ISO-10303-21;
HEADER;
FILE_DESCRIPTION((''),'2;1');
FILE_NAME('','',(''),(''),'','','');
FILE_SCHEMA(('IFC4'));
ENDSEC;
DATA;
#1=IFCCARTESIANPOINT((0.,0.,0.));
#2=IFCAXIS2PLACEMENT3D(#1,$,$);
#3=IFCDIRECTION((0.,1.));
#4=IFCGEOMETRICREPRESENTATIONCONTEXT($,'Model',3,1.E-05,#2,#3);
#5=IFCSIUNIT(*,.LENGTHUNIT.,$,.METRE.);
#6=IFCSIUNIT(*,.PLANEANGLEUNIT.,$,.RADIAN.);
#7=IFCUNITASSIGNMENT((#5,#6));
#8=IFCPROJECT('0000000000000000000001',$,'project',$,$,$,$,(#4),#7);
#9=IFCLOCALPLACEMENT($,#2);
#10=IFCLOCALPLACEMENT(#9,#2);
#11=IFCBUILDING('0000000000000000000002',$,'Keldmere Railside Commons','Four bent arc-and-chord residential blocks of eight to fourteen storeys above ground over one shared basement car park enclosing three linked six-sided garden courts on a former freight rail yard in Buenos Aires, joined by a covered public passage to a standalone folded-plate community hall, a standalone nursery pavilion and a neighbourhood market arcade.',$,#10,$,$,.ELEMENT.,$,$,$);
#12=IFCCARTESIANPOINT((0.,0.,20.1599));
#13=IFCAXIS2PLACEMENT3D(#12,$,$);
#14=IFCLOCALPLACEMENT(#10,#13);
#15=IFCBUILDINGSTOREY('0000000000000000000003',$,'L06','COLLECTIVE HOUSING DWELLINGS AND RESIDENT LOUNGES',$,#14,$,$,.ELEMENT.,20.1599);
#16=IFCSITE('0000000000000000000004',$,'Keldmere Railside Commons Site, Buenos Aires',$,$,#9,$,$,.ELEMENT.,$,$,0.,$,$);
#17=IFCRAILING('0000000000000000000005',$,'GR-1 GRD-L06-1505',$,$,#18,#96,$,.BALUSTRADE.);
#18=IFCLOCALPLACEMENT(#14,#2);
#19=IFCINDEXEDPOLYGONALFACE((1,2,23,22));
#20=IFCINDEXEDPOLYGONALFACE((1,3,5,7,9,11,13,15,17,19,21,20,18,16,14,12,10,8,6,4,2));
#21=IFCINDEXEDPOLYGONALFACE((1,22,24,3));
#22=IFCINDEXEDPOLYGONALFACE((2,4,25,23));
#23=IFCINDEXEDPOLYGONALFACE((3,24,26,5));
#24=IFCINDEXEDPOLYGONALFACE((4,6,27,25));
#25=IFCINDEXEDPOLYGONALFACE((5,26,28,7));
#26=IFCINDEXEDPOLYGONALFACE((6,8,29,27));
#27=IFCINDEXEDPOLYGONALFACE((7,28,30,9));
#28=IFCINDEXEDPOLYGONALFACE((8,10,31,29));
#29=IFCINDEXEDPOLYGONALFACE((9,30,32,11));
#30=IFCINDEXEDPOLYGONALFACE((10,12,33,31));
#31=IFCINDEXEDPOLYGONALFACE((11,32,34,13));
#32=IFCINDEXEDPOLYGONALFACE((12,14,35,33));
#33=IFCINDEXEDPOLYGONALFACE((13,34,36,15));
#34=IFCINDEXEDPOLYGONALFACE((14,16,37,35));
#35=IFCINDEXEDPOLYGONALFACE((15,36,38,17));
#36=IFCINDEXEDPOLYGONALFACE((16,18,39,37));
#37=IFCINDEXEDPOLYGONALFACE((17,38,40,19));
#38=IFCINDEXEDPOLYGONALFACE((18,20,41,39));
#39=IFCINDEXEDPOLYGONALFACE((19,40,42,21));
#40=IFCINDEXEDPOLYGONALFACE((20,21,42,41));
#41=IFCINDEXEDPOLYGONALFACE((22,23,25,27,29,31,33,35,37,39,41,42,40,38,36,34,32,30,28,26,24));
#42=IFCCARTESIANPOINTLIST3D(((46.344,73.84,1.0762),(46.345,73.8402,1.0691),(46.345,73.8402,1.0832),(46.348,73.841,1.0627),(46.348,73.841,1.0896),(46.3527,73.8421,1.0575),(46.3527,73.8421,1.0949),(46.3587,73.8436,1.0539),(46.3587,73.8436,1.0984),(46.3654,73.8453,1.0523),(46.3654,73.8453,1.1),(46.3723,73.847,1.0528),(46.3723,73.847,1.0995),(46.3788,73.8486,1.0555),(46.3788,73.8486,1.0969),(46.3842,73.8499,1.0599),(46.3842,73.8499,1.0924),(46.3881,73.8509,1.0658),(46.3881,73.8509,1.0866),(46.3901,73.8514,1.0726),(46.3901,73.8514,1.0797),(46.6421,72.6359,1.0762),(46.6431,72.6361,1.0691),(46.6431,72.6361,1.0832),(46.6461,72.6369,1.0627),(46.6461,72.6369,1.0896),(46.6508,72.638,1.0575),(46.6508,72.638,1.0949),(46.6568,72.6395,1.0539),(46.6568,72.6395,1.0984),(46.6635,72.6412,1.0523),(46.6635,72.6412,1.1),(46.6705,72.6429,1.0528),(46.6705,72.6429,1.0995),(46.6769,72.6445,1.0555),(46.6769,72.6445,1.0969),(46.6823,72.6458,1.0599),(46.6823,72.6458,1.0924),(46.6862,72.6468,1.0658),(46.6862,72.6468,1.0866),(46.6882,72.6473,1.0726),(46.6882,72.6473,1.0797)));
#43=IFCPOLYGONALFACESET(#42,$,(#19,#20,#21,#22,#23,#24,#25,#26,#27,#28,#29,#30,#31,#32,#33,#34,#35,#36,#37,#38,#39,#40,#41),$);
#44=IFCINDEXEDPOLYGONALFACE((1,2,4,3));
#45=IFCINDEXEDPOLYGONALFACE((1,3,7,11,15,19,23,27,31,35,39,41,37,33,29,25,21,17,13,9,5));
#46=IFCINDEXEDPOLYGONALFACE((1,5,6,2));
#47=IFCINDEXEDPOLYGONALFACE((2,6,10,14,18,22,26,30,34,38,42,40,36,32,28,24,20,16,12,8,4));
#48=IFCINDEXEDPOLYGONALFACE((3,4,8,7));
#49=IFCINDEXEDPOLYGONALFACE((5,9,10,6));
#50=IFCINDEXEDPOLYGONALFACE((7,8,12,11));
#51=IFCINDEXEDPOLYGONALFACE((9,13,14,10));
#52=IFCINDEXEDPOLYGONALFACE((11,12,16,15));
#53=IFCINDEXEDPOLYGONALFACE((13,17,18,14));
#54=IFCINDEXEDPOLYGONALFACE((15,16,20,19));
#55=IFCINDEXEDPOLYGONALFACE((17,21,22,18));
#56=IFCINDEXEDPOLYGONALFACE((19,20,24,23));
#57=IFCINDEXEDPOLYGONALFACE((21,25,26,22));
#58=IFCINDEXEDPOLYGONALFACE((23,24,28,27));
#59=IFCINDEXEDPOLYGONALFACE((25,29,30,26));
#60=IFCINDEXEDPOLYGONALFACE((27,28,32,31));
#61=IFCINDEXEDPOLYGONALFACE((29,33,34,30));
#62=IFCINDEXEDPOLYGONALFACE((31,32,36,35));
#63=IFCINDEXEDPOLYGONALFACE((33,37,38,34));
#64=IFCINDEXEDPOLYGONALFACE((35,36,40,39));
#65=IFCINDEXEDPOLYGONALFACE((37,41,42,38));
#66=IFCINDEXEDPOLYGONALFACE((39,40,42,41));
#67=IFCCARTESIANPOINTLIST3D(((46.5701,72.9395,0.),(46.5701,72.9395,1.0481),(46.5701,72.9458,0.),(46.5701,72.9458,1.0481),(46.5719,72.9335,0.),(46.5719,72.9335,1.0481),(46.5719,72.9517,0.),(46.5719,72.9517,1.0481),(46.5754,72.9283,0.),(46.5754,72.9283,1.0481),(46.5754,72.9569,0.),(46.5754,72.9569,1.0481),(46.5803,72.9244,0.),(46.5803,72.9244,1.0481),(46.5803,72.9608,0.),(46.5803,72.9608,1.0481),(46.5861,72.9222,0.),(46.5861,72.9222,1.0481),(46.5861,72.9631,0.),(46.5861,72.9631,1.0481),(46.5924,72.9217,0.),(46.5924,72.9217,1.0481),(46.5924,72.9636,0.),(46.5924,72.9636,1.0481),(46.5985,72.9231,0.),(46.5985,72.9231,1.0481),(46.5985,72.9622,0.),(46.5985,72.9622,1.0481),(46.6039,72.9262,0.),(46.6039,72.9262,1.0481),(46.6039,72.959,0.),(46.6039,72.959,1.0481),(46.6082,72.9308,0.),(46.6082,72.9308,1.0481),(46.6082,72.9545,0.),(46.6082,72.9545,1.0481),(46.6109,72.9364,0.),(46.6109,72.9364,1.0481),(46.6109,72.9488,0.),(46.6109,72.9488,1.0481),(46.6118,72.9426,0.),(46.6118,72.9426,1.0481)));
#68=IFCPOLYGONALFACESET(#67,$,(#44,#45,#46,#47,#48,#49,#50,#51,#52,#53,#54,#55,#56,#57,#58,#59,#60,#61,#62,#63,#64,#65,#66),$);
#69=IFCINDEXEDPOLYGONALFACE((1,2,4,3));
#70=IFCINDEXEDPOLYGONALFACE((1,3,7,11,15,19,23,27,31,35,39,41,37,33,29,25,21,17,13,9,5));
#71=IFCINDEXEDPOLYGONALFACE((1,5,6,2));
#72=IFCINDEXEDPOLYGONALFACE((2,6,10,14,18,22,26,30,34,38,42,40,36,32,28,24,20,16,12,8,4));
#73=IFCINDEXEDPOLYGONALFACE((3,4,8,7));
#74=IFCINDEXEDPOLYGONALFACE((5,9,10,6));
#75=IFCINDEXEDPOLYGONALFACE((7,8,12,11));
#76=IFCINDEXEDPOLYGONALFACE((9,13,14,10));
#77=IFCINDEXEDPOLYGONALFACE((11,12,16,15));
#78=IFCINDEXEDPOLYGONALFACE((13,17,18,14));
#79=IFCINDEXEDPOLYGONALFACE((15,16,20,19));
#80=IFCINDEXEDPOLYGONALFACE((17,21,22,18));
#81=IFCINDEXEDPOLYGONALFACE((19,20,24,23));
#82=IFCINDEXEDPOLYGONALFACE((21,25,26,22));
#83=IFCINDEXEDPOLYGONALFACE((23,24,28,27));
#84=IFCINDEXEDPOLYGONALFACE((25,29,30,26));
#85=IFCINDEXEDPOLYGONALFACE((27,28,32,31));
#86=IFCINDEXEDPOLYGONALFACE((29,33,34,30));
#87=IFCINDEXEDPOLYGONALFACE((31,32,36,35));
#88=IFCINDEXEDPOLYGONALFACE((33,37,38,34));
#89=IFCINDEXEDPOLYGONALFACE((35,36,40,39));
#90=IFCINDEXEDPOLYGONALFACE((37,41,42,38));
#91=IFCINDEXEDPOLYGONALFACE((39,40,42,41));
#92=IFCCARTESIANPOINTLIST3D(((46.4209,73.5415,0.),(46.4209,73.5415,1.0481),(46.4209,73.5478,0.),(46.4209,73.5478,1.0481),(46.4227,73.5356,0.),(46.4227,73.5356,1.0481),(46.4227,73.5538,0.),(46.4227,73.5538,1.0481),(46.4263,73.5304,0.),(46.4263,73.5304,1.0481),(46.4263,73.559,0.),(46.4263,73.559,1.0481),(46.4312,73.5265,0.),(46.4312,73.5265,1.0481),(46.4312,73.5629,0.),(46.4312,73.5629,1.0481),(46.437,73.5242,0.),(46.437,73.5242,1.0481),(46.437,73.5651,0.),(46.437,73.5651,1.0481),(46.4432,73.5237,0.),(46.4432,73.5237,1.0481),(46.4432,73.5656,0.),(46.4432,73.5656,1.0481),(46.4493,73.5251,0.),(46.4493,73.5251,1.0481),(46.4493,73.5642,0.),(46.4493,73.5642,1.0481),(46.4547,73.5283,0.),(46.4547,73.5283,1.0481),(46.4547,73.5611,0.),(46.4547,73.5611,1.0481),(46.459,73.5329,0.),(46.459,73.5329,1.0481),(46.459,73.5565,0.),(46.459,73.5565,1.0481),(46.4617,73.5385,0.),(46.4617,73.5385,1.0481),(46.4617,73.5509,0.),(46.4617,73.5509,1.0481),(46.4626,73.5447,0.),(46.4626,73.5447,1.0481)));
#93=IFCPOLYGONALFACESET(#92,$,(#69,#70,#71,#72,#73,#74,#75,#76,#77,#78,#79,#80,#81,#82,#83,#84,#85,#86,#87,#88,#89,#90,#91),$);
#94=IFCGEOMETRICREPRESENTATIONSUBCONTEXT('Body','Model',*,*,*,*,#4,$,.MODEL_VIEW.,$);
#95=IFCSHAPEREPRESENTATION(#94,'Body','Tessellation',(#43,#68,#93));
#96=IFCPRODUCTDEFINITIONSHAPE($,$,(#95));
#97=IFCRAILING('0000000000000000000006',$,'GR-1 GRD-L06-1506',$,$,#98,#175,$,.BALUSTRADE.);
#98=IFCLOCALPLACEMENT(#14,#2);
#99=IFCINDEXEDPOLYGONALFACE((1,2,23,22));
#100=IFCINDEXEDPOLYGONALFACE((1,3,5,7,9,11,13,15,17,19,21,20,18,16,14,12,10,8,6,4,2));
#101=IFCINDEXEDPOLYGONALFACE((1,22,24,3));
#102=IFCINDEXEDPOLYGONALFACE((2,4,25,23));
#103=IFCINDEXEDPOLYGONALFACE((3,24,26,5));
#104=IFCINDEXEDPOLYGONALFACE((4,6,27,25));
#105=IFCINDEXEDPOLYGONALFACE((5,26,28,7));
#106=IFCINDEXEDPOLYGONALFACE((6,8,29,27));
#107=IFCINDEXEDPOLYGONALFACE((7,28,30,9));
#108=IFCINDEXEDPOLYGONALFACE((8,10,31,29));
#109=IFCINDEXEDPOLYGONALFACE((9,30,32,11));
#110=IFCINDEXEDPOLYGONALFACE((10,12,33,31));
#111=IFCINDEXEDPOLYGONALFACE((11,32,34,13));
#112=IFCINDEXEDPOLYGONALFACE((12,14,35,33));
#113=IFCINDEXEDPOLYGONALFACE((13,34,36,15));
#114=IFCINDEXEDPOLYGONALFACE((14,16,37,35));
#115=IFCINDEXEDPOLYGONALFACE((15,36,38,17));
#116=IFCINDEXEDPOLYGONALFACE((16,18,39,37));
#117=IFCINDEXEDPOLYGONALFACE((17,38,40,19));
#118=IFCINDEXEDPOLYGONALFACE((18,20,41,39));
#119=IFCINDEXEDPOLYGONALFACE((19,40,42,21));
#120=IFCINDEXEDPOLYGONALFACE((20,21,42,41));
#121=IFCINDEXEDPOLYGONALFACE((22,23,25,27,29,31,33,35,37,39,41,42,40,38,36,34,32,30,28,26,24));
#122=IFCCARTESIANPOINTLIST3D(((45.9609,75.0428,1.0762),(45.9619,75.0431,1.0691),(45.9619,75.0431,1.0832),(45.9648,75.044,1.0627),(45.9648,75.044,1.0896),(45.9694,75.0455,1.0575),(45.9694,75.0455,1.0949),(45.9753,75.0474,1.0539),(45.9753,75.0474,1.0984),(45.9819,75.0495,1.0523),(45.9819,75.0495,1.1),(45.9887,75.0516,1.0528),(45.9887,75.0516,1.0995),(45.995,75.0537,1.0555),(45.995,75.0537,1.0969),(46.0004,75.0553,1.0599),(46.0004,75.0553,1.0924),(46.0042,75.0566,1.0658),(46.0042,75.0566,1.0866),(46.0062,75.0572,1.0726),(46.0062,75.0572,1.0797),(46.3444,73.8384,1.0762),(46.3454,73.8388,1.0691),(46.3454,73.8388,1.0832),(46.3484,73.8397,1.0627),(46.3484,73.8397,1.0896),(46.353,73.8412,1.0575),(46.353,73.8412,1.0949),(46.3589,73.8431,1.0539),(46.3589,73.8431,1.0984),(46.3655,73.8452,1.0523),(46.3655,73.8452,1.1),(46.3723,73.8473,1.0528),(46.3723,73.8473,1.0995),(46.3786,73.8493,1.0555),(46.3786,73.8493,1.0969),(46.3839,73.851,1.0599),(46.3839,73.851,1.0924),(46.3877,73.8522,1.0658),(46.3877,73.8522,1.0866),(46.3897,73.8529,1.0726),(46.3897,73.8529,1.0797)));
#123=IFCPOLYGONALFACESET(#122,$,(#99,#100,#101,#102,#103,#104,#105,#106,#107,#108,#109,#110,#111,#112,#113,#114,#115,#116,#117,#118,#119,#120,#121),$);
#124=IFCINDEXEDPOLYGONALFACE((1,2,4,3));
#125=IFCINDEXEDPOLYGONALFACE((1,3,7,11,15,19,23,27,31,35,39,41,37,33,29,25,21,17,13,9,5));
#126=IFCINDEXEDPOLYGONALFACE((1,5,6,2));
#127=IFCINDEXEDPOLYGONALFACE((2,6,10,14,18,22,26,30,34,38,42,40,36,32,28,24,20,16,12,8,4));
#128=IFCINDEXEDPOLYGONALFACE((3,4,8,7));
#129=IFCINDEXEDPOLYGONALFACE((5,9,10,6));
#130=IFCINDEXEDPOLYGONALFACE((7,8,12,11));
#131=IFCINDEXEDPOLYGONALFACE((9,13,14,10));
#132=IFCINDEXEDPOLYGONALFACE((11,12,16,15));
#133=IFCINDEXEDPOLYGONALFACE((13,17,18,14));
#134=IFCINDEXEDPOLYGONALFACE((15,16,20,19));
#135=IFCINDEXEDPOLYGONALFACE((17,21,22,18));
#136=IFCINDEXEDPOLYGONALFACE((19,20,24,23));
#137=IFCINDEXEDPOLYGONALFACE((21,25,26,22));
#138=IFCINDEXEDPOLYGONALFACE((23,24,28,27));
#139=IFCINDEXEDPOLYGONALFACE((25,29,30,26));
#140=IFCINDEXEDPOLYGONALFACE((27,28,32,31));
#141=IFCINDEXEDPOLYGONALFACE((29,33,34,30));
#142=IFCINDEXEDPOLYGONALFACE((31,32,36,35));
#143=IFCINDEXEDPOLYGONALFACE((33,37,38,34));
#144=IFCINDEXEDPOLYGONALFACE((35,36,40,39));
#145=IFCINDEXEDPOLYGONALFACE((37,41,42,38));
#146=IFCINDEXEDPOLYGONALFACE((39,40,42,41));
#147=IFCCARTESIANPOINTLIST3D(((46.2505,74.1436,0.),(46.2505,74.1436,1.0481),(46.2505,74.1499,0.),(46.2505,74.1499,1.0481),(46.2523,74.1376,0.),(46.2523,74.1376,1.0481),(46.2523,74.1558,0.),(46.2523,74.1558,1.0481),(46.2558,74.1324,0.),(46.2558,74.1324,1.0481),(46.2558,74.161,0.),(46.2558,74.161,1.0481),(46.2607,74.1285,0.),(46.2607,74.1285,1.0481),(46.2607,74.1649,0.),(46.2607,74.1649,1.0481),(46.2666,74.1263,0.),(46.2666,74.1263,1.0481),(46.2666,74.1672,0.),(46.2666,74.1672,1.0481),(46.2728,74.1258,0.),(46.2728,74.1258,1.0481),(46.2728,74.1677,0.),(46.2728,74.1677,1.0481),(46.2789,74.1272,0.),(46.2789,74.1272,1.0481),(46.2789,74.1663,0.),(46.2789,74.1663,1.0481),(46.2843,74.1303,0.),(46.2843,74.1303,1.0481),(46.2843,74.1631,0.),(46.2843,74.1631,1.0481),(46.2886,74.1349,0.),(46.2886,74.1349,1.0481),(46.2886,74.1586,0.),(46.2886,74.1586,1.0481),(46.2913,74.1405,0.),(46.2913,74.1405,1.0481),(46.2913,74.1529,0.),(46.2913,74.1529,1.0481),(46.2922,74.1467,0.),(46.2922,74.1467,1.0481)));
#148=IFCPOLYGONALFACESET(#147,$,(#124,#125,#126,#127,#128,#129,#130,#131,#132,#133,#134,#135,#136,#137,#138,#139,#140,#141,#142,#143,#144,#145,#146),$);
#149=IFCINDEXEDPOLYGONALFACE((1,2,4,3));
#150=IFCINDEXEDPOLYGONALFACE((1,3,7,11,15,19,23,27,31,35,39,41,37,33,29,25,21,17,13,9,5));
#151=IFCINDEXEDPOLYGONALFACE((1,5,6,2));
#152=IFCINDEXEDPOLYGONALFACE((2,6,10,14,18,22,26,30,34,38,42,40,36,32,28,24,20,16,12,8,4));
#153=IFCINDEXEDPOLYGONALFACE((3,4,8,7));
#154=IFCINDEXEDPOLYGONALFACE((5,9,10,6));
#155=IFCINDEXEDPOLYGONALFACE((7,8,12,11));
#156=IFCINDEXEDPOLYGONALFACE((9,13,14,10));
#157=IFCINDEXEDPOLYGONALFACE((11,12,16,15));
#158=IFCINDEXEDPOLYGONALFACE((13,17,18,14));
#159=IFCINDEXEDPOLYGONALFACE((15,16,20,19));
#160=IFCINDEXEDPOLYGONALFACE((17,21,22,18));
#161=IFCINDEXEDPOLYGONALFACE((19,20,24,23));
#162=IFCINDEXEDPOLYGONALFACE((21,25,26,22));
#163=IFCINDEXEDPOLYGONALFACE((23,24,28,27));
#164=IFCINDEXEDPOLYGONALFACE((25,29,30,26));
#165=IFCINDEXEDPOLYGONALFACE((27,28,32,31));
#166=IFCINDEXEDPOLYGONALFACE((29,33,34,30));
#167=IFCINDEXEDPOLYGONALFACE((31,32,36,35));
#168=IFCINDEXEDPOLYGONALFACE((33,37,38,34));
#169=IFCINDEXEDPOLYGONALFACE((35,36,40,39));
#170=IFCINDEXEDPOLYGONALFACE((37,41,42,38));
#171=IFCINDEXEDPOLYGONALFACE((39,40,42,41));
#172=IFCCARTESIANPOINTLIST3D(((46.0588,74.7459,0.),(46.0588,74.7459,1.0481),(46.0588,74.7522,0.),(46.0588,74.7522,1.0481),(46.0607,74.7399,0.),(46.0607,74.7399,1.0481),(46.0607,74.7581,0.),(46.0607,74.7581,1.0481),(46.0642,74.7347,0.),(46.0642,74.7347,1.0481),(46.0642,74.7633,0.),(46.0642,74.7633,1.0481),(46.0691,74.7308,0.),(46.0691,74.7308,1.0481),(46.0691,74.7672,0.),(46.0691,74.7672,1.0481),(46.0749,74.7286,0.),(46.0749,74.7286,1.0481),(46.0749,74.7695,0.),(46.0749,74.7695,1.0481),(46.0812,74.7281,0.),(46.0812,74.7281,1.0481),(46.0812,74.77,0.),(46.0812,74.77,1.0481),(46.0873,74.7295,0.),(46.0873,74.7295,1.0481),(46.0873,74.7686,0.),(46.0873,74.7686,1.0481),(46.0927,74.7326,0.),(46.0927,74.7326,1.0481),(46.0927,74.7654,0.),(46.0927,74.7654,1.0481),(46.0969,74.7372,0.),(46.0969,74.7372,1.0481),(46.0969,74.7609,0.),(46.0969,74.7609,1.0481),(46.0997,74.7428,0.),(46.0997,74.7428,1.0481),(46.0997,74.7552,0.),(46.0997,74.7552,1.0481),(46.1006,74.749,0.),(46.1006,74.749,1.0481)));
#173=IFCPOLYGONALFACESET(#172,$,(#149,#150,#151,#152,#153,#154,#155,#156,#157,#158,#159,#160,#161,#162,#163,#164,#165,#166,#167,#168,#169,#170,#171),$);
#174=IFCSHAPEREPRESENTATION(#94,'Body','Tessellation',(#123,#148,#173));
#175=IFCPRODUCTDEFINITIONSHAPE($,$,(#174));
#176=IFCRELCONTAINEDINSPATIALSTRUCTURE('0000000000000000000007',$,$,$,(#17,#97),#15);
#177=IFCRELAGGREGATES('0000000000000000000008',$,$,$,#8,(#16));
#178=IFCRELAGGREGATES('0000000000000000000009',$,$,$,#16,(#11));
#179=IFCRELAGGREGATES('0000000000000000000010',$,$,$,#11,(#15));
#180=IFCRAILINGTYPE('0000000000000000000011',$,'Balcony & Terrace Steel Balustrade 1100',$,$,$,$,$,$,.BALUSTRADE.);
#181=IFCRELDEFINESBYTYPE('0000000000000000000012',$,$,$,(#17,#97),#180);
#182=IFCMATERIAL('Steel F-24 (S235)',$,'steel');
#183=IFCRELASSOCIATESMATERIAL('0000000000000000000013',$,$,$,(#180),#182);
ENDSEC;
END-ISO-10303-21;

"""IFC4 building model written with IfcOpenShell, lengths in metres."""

from ifc_helpers import new_model, si_unit, direction, frame, origin, origin_2d, place, context, subcontext, project, spatial, circle, extrude, material, type_object, element, save


model = new_model("IFC4")

# Units and contexts
model_context = context("Model", 3, precision=1e-05, world=origin(), true_north=direction((0.0, 1.0)))
body_context = subcontext(model_context, "Body", "Model", "MODEL_VIEW")
ifc_project = project(units=[si_unit("LENGTHUNIT", "METRE"), si_unit("PLANEANGLEUNIT", "RADIAN")], contexts=[model_context])

# Site, building, storey
site_placement = place(None, origin())
site = spatial("IfcSite", under=ifc_project, at=site_placement, Name="Keldmere Railside Commons Site, Buenos Aires", CompositionType="ELEMENT", RefElevation=0.0)
building_placement = place(site_placement, origin())
building = spatial("IfcBuilding", under=site, at=building_placement, Name="Keldmere Railside Commons", Description="Four bent arc-and-chord residential blocks of eight to fourteen storeys above ground over one shared basement car park enclosing three linked six-sided garden courts on a former freight rail yard in Buenos Aires, joined by a covered public passage to a standalone folded-plate community hall, a standalone nursery pavilion and a neighbourhood market arcade.", CompositionType="ELEMENT")
storey_placement = place(building_placement, frame((0.0, 0.0, 20.1599)))
storey = spatial("IfcBuildingStorey", under=building, at=storey_placement, Name="L06", Description="COLLECTIVE HOUSING DWELLINGS AND RESIDENT LOUNGES", CompositionType="ELEMENT", Elevation=20.1599)

# Shared definitions
ifc_material_1 = material(Name="Steel F-24 (S235)", Category="steel")

# Railings
railing_type_1 = type_object("IfcRailingType", Name="Balcony & Terrace Steel Balustrade 1100", PredefinedType="BALUSTRADE", material=ifc_material_1)
railing_1_placement = place(storey_placement, frame((46.6653, 72.6416, 0.0)))
element("IfcRailing", 1, at=railing_1_placement, inside=storey, type_object=railing_type_1, Name="GR-1 GRD-L06-1505", PredefinedType="BALUSTRADE", context=body_context, shape_type="SweptSolid", body=[
    extrude(circle(Radius=0.0239, at=origin_2d()), frame((0.0, 0.0, 1.0762), z_axis=(-0.240312, 0.970696, 0.0), x_axis=(-0.970696, -0.240312, 0.0)), (0.0, 0.0, 1.0), 1.2405),
    extrude(circle(Radius=0.021, at=origin_2d()), frame((-0.0745, 0.301, 0.0)), (0.0, 0.0, 1.0), 1.0481),
    extrude(circle(Radius=0.021, at=origin_2d()), frame((-0.2236, 0.9031, 0.0)), (0.0, 0.0, 1.0), 1.0481),
])
railing_2_placement = place(storey_placement, frame((46.3672, 73.8457, 0.0)))
element("IfcRailing", 2, at=railing_2_placement, inside=storey, type_object=railing_type_1, Name="GR-1 GRD-L06-1506", PredefinedType="BALUSTRADE", context=body_context, shape_type="SweptSolid", body=[
    extrude(circle(Radius=0.0239, at=origin_2d()), frame((0.0, 0.0, 1.0762), z_axis=(-0.303451, 0.952847, 0.0), x_axis=(-0.952847, -0.303451, 0.0)), (0.0, 0.0, 1.0), 1.2639),
    extrude(circle(Radius=0.021, at=origin_2d()), frame((-0.0959, 0.301, 0.0)), (0.0, 0.0, 1.0), 1.0481),
    extrude(circle(Radius=0.021, at=origin_2d()), frame((-0.2876, 0.9033, 0.0)), (0.0, 0.0, 1.0), 1.0481),
])

save(model, "model.ifc")
